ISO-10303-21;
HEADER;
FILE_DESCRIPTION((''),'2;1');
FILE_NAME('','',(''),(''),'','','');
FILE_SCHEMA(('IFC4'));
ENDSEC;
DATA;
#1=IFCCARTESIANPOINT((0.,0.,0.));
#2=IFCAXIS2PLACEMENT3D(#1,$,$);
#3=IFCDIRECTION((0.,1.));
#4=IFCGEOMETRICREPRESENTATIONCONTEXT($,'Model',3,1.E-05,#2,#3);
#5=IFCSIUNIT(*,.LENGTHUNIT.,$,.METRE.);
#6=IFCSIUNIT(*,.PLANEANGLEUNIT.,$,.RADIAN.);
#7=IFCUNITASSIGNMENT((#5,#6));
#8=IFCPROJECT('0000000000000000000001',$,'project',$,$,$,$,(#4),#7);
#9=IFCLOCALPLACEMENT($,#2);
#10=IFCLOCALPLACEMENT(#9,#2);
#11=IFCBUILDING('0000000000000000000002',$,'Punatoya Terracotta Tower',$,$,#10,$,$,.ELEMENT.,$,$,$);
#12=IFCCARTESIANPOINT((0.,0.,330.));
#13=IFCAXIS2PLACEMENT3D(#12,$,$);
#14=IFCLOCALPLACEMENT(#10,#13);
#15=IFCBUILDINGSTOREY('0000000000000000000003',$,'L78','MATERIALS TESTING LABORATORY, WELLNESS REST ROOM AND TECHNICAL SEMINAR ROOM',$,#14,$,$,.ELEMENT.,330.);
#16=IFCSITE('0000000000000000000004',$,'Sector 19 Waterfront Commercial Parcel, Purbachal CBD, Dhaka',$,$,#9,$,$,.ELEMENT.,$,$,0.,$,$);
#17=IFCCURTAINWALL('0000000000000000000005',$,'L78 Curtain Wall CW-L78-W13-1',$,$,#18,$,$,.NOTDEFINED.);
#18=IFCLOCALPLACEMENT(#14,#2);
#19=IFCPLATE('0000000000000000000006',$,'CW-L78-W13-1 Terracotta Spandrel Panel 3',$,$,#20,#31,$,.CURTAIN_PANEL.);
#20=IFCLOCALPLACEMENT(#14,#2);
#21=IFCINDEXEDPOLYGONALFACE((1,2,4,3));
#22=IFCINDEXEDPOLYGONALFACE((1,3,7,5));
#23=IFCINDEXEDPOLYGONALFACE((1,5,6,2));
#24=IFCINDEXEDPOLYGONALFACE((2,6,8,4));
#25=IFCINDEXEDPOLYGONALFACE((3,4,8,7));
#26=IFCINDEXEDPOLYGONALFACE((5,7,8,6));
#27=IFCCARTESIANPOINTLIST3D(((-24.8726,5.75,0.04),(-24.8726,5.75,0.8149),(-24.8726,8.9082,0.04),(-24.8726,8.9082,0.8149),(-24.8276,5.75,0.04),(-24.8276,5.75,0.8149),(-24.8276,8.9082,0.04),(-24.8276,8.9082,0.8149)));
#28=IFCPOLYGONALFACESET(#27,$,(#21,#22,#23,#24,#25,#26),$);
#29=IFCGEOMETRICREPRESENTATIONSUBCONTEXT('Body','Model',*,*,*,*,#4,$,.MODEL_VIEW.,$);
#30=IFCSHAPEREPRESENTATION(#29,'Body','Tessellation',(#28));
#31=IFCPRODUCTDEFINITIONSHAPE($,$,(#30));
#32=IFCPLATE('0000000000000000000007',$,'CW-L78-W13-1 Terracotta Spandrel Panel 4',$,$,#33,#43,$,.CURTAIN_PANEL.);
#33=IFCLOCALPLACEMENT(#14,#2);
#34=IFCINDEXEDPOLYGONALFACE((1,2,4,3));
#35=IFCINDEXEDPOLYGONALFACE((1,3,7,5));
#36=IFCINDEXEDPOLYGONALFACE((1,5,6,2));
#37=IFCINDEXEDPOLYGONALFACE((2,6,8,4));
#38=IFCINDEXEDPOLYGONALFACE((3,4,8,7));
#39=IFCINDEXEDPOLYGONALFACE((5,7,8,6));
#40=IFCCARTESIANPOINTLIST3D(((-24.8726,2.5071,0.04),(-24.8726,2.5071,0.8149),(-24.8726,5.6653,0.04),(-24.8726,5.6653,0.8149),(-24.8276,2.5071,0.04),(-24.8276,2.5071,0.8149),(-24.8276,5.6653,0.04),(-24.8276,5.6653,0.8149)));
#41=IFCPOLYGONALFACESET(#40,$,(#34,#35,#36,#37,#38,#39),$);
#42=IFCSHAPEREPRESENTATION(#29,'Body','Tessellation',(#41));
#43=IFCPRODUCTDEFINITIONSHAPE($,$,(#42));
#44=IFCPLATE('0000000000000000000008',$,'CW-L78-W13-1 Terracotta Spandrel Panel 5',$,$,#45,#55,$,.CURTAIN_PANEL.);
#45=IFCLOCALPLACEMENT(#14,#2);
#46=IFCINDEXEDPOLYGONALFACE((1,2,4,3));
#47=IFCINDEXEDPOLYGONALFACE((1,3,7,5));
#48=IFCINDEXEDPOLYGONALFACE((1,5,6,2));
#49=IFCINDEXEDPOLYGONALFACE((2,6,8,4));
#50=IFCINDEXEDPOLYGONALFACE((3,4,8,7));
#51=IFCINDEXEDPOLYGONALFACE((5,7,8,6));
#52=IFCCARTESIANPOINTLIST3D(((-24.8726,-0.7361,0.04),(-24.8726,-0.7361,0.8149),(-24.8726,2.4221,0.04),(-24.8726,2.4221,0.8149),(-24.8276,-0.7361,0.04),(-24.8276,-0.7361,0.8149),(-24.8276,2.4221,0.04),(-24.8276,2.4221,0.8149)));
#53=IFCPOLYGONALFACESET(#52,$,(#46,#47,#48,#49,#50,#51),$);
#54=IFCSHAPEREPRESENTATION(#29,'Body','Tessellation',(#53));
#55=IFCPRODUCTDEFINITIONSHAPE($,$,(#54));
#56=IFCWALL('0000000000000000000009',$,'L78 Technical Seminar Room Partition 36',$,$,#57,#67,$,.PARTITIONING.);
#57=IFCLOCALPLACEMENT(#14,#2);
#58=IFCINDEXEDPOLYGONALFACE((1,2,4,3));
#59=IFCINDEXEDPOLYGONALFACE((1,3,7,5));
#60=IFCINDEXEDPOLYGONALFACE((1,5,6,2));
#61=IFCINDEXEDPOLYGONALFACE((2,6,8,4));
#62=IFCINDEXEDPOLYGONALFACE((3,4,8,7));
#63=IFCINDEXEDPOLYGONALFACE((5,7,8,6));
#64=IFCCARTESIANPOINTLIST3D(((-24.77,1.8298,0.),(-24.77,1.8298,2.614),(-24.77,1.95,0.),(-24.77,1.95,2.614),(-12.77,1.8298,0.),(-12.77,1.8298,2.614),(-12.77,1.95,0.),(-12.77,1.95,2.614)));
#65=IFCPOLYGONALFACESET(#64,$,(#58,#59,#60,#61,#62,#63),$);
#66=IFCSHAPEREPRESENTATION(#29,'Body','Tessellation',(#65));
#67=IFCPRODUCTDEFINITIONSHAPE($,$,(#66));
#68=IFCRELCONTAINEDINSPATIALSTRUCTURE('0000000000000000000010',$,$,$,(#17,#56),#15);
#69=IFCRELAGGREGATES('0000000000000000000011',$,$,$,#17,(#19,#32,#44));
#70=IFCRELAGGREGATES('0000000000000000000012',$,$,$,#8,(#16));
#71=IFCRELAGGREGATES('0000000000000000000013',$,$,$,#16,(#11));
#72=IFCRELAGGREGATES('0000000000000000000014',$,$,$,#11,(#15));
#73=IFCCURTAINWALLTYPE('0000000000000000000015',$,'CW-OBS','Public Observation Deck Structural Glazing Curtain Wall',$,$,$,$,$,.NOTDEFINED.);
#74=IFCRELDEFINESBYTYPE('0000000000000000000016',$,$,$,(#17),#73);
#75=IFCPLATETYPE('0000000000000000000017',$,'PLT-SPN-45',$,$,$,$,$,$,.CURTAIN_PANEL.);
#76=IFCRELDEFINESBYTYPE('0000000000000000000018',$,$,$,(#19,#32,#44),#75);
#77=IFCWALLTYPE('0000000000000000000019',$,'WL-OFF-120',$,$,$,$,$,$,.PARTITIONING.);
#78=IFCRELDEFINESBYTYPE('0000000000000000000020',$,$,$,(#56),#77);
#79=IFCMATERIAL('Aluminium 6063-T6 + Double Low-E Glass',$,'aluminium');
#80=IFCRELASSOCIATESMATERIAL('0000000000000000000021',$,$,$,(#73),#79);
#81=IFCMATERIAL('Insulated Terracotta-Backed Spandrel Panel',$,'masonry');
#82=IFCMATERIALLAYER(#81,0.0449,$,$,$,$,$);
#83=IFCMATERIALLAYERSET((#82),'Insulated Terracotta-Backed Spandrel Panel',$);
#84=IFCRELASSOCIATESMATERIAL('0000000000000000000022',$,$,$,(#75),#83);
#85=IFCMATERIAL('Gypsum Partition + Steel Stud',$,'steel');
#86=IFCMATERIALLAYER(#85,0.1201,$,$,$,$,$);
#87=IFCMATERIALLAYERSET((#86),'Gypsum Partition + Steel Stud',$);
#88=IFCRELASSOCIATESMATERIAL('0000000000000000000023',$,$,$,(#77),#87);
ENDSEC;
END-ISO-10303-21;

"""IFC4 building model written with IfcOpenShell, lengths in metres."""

from ifc_helpers import new_model, si_unit, direction, frame, frame_2d, origin, origin_2d, place, context, subcontext, project, spatial, rectangle, extrude, material, layer, layer_set, type_object, element, aggregate, save


model = new_model("IFC4")

# Units and contexts
model_context = context("Model", 3, precision=1e-05, world=origin(), true_north=direction((0.0, 1.0)))
body_context = subcontext(model_context, "Body", "Model", "MODEL_VIEW")
ifc_project = project(units=[si_unit("LENGTHUNIT", "METRE"), si_unit("PLANEANGLEUNIT", "RADIAN")], contexts=[model_context])

# Site, building, storey
site_placement = place(None, origin())
site = spatial("IfcSite", under=ifc_project, at=site_placement, Name="Sector 19 Waterfront Commercial Parcel, Purbachal CBD, Dhaka", CompositionType="ELEMENT", RefElevation=0.0)
building_placement = place(site_placement, origin())
building = spatial("IfcBuilding", under=site, at=building_placement, Name="Punatoya Terracotta Tower", CompositionType="ELEMENT")
storey_placement = place(building_placement, frame((0.0, 0.0, 330.0)))
storey = spatial("IfcBuildingStorey", under=building, at=storey_placement, Name="L78", Description="MATERIALS TESTING LABORATORY, WELLNESS REST ROOM AND TECHNICAL SEMINAR ROOM", CompositionType="ELEMENT", Elevation=330.0)

# Curtain wall, plates
ifc_material_1 = material(Name="Aluminium 6063-T6 + Double Low-E Glass", Category="aluminium")
curtain_wall_type = type_object("IfcCurtainWallType", Name="CW-OBS", Description="Public Observation Deck Structural Glazing Curtain Wall", PredefinedType="NOTDEFINED", material=ifc_material_1)
curtain_wall_placement = place(storey_placement, origin())
curtain_wall = element("IfcCurtainWall", 1, at=curtain_wall_placement, inside=storey, type_object=curtain_wall_type, Name="L78 Curtain Wall CW-L78-W13-1", PredefinedType="NOTDEFINED")
ifc_material_2 = material(Name="Insulated Terracotta-Backed Spandrel Panel", Category="masonry")
ifc_layer_1 = layer(ifc_material_2, 0.0449)
ifc_layer_set_1 = layer_set([ifc_layer_1], Name="Insulated Terracotta-Backed Spandrel Panel")
plate_type_1 = type_object("IfcPlateType", Name="PLT-SPN-45", PredefinedType="CURTAIN_PANEL", material=ifc_layer_set_1)
plate_1_placement = place(storey_placement, frame((-24.8501, 7.3291, 0.04), z_axis=(0.0, 0.0, 1.0), x_axis=(0.0, -1.0, 0.0)))
plate_1 = element("IfcPlate", 2, at=plate_1_placement, type_object=plate_type_1, Name="CW-L78-W13-1 Terracotta Spandrel Panel 3", PredefinedType="CURTAIN_PANEL", context=body_context, shape_type="SweptSolid", body=[
    extrude(rectangle(XDim=3.1582, YDim=0.0449, at=origin_2d()), origin(), (0.0, 0.0, 1.0), 0.7749),
])
plate_2_placement = place(storey_placement, frame((-24.8501, 4.0862, 0.04), z_axis=(0.0, 0.0, 1.0), x_axis=(0.0, -1.0, 0.0)))
plate_2 = element("IfcPlate", 3, at=plate_2_placement, type_object=plate_type_1, Name="CW-L78-W13-1 Terracotta Spandrel Panel 4", PredefinedType="CURTAIN_PANEL", context=body_context, shape_type="SweptSolid", body=[
    extrude(rectangle(XDim=3.1582, YDim=0.0449, at=origin_2d()), origin(), (0.0, 0.0, 1.0), 0.7749),
])
plate_3_placement = place(storey_placement, frame((-24.8501, 0.843, 0.04), z_axis=(0.0, 0.0, 1.0), x_axis=(0.0, -1.0, 0.0)))
plate_3 = element("IfcPlate", 4, at=plate_3_placement, type_object=plate_type_1, Name="CW-L78-W13-1 Terracotta Spandrel Panel 5", PredefinedType="CURTAIN_PANEL", context=body_context, shape_type="SweptSolid", body=[
    extrude(rectangle(XDim=3.1582, YDim=0.0449, at=origin_2d()), origin(), (0.0, 0.0, 1.0), 0.7749),
])
aggregate(curtain_wall, [plate_1, plate_2, plate_3])

# Wall
ifc_material_3 = material(Name="Gypsum Partition + Steel Stud", Category="steel")
ifc_layer_2 = layer(ifc_material_3, 0.1201)
ifc_layer_set_2 = layer_set([ifc_layer_2], Name="Gypsum Partition + Steel Stud")
wall_type = type_object("IfcWallType", Name="WL-OFF-120", PredefinedType="PARTITIONING", material=ifc_layer_set_2)
wall_placement = place(storey_placement, frame((-24.77, 1.8899, 0.0), z_axis=(0.0, 0.0, 1.0), x_axis=(1.0, 0.0, 0.0)))
element("IfcWall", 5, at=wall_placement, inside=storey, type_object=wall_type, Name="L78 Technical Seminar Room Partition 36", PredefinedType="PARTITIONING", context=body_context, shape_type="SweptSolid", body=[
    extrude(rectangle(XDim=12.0, YDim=0.1201, at=frame_2d((6.0, 0.0))), origin(), (0.0, 0.0, 1.0), 2.614),
])

save(model, "model.ifc")
